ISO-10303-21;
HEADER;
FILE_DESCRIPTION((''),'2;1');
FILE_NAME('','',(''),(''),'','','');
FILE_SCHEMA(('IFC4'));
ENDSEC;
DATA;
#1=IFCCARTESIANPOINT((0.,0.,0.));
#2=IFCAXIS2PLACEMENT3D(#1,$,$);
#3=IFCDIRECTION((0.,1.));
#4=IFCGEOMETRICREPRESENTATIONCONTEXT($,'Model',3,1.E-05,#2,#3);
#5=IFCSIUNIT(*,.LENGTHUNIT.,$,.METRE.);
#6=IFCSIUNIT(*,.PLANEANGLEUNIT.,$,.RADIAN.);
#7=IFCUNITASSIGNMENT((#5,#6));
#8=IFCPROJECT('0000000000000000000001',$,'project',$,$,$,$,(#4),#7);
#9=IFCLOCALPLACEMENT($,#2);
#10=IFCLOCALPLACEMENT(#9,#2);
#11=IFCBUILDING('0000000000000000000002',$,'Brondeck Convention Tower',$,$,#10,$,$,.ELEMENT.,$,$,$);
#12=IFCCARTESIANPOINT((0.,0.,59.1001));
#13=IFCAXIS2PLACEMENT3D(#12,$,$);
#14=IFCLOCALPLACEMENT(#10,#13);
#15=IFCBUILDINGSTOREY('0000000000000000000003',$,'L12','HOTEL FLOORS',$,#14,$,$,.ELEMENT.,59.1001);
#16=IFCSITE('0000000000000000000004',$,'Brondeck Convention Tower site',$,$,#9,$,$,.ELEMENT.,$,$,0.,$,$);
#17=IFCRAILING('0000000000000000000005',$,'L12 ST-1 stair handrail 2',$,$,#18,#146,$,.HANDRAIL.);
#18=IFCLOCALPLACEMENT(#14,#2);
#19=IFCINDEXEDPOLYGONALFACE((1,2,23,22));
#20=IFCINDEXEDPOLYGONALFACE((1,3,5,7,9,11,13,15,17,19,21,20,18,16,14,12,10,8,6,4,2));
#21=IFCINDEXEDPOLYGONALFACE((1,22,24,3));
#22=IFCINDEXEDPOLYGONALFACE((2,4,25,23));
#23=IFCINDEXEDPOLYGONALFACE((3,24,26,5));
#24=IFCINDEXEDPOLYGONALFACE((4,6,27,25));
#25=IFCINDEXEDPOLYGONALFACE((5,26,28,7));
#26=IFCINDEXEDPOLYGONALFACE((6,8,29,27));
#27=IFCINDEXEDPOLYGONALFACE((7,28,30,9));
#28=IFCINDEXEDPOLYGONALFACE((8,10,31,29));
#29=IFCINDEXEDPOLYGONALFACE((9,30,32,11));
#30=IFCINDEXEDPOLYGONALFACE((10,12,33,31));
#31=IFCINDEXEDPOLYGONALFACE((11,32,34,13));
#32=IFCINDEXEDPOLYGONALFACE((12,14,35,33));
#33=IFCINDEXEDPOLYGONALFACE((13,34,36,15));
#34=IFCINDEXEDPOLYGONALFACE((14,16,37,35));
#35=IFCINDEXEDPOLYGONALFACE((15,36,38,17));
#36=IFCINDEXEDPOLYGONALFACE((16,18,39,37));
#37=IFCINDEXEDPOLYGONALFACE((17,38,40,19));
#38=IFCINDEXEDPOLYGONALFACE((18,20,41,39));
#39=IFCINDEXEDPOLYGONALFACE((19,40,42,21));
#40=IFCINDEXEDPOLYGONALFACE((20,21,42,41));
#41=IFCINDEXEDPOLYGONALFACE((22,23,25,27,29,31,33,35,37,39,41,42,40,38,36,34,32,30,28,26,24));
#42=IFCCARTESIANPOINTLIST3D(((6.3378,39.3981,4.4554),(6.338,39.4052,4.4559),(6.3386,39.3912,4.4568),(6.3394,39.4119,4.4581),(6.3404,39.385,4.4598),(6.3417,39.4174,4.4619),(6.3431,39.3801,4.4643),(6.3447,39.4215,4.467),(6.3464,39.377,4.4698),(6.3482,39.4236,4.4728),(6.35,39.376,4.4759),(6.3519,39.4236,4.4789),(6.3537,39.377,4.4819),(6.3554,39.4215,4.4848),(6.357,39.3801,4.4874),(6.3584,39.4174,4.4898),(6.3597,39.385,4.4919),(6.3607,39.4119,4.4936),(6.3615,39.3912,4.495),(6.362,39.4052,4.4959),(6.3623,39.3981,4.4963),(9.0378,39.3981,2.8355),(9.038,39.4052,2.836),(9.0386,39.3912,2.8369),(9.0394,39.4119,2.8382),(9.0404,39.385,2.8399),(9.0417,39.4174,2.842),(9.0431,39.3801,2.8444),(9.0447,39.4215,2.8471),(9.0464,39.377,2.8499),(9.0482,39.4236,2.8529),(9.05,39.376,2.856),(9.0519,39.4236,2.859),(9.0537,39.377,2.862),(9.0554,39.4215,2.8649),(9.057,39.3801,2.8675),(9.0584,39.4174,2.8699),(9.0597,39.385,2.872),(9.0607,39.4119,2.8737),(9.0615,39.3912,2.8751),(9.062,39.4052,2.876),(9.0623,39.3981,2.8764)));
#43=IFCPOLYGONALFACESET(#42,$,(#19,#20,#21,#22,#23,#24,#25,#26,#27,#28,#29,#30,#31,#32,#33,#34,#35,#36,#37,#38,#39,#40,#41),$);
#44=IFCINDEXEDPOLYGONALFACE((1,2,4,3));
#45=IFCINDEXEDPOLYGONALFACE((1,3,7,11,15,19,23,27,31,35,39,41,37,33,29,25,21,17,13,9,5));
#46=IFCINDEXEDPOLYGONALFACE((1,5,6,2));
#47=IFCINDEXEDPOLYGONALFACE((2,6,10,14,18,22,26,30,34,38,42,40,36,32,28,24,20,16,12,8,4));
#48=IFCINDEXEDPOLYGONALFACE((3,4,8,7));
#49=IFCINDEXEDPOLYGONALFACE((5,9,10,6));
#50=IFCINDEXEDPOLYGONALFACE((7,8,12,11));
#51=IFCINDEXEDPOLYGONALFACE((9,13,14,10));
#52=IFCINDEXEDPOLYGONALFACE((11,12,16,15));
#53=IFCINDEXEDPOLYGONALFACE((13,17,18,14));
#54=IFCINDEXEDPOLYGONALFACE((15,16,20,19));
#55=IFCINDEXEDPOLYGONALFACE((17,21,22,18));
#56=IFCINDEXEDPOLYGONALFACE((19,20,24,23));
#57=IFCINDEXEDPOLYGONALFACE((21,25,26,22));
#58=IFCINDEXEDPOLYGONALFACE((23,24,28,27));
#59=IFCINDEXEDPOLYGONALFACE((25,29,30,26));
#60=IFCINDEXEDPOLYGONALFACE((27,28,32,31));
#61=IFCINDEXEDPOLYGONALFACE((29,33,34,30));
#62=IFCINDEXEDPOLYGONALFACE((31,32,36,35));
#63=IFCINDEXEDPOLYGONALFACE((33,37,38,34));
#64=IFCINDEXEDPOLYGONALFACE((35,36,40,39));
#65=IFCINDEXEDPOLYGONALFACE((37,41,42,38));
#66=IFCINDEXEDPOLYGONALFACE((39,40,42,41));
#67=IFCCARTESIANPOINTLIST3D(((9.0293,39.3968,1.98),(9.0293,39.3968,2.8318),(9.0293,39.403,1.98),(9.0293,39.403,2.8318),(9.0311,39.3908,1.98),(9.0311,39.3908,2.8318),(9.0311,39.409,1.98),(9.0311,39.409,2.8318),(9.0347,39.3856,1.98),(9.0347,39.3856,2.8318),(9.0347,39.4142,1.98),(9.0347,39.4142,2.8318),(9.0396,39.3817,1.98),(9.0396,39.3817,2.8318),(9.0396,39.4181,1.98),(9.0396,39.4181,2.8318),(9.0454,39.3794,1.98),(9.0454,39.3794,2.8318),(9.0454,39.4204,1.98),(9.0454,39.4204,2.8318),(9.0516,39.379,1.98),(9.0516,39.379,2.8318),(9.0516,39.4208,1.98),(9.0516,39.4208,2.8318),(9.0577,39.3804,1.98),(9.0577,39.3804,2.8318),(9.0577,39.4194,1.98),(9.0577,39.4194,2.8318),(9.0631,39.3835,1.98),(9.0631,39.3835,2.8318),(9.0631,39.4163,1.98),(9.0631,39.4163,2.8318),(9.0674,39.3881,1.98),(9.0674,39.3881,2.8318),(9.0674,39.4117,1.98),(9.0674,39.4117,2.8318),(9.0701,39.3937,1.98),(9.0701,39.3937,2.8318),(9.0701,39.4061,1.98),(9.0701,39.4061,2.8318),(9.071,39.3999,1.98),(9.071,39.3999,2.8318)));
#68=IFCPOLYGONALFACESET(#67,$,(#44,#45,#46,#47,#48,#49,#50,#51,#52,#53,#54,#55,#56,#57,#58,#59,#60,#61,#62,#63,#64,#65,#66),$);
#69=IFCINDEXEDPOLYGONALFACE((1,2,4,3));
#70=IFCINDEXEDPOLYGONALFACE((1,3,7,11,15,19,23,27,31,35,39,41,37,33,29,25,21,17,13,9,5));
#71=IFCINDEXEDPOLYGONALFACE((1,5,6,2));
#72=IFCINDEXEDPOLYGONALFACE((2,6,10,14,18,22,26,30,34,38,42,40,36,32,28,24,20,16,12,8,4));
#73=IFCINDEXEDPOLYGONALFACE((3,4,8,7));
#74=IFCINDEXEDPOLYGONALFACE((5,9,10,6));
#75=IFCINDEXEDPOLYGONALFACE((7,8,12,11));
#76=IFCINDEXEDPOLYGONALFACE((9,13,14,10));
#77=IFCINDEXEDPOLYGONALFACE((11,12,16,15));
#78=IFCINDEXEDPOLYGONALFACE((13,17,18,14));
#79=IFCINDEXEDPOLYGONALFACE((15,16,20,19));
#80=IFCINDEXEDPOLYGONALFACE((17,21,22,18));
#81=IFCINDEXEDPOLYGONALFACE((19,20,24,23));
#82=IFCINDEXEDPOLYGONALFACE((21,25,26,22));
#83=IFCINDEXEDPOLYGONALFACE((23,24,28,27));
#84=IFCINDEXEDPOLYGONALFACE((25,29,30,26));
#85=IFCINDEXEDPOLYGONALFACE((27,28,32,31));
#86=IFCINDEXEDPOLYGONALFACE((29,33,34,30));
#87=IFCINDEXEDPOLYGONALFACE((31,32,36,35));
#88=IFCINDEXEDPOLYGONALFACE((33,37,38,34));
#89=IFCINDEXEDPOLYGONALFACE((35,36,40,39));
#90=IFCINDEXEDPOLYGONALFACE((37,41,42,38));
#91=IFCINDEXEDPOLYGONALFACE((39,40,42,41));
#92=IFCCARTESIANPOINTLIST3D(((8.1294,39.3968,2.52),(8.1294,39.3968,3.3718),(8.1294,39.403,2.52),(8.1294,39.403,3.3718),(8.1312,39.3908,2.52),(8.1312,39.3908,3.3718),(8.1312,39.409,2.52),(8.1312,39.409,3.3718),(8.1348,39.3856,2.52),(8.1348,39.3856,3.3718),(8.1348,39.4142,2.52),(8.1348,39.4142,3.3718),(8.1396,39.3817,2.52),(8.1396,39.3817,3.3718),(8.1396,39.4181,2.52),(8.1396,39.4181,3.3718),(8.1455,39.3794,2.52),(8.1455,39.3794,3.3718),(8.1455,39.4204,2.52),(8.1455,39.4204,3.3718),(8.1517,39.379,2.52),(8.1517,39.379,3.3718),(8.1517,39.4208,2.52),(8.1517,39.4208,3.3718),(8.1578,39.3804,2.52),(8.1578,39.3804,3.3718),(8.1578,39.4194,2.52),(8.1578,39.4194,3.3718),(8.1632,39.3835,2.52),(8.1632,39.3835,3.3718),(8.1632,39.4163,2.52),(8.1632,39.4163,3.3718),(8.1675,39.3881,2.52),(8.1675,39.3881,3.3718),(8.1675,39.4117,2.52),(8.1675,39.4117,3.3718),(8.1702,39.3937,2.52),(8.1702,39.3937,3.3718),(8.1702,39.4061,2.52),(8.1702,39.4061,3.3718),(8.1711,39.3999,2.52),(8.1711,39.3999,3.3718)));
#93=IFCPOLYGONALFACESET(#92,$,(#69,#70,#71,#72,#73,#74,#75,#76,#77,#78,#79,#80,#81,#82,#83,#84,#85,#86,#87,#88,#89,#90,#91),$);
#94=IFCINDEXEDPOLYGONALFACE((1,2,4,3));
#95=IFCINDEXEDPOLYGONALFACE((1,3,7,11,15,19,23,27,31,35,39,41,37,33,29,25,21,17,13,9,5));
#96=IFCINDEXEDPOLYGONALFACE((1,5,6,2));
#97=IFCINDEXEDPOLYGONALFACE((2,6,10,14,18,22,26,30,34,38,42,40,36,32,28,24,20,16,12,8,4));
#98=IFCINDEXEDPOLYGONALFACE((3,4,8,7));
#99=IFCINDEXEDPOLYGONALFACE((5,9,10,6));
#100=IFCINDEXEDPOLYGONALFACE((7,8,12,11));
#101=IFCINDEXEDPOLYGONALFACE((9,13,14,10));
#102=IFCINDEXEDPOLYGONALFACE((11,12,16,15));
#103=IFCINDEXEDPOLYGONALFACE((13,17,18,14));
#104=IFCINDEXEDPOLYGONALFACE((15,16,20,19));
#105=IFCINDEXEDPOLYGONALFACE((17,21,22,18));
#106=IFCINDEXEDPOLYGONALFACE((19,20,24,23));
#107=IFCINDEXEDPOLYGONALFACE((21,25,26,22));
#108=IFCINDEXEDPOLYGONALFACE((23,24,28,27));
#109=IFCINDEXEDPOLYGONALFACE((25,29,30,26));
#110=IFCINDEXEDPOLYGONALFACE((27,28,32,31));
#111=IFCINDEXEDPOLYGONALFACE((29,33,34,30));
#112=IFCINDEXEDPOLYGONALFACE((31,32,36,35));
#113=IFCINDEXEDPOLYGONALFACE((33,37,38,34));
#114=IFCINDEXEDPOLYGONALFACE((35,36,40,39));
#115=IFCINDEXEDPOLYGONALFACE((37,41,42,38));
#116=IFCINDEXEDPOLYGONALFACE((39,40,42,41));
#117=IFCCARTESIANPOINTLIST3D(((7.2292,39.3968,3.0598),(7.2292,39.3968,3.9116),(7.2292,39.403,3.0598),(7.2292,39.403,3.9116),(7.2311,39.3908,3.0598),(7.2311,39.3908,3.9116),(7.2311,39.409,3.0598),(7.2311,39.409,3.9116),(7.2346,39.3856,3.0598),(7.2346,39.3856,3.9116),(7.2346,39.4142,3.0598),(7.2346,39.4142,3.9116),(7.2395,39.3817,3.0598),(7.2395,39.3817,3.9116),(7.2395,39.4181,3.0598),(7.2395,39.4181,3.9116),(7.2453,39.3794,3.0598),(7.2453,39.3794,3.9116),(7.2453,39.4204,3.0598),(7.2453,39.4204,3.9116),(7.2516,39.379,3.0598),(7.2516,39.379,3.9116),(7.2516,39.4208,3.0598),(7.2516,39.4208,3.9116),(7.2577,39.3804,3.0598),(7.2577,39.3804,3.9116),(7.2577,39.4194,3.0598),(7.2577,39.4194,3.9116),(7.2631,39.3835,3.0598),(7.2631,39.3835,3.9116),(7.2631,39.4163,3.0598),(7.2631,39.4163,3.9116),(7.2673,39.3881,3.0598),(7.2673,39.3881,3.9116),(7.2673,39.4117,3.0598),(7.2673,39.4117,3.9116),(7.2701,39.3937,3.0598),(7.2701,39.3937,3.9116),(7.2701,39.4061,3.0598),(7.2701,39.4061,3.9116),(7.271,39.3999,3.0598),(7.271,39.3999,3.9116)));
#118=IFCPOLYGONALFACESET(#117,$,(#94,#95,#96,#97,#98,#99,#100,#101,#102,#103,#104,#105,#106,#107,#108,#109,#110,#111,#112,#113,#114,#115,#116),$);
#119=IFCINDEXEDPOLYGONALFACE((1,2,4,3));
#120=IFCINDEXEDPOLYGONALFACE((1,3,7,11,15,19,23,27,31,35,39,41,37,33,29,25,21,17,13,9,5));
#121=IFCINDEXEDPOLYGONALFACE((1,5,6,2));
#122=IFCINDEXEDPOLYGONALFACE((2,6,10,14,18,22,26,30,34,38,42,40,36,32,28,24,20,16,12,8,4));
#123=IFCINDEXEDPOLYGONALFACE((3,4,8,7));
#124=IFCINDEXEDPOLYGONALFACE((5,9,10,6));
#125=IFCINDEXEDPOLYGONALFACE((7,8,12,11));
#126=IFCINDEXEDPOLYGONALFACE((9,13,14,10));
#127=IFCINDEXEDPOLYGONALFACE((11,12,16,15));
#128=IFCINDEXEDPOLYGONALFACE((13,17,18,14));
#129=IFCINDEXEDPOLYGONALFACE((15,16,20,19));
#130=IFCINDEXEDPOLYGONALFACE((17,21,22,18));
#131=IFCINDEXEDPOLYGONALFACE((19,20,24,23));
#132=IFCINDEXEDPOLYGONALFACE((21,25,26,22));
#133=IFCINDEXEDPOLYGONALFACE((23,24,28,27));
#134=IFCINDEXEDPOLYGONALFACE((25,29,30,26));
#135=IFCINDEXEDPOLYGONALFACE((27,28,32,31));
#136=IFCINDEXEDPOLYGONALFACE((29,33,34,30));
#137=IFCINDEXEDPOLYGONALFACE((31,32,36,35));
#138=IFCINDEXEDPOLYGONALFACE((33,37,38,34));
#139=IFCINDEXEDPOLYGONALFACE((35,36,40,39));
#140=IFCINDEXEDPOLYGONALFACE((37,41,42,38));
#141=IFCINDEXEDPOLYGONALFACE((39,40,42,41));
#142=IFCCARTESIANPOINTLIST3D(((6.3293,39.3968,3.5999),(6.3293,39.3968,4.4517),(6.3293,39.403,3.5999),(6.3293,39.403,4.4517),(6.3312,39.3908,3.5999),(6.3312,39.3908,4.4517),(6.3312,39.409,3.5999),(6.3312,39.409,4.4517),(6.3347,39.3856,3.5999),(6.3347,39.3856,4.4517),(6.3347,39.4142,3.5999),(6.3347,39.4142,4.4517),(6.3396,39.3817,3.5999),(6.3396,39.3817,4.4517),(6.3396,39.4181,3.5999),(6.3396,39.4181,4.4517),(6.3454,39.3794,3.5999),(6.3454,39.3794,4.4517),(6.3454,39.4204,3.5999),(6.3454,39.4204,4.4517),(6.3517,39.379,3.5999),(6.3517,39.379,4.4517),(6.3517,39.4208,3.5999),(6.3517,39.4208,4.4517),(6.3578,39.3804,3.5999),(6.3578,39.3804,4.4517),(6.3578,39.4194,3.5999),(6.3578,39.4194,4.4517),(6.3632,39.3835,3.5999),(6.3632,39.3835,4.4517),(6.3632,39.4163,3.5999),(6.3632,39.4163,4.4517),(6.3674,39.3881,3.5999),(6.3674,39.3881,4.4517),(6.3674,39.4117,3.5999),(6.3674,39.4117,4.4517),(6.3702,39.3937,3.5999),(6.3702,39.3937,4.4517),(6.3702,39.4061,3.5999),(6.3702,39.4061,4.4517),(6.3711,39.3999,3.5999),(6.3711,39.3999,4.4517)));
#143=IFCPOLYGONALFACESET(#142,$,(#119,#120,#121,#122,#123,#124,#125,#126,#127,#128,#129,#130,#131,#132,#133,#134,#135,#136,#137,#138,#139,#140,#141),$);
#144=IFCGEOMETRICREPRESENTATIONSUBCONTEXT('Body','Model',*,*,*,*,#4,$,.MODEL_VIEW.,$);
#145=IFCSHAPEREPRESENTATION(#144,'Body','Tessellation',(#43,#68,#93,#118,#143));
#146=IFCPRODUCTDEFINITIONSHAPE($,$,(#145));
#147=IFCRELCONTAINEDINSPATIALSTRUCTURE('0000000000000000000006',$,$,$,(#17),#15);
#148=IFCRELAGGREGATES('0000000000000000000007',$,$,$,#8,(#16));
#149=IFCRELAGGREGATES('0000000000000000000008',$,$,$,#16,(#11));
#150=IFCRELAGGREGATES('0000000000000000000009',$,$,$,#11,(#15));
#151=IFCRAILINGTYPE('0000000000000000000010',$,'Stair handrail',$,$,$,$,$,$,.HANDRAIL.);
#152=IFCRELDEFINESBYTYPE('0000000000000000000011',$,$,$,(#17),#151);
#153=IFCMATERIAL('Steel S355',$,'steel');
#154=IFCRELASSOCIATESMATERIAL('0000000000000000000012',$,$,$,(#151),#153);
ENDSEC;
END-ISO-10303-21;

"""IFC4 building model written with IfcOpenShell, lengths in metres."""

from ifc_helpers import new_model, si_unit, direction, frame, origin, origin_2d, place, context, subcontext, project, spatial, circle, extrude, material, type_object, element, save


model = new_model("IFC4")

# Units and contexts
model_context = context("Model", 3, precision=1e-05, world=origin(), true_north=direction((0.0, 1.0)))
body_context = subcontext(model_context, "Body", "Model", "MODEL_VIEW")
ifc_project = project(units=[si_unit("LENGTHUNIT", "METRE"), si_unit("PLANEANGLEUNIT", "RADIAN")], contexts=[model_context])

# Site, building, storey
site_placement = place(None, origin())
site = spatial("IfcSite", under=ifc_project, at=site_placement, Name="Brondeck Convention Tower site", CompositionType="ELEMENT", RefElevation=0.0)
building_placement = place(site_placement, origin())
building = spatial("IfcBuilding", under=site, at=building_placement, Name="Brondeck Convention Tower", CompositionType="ELEMENT")
storey_placement = place(building_placement, frame((0.0, 0.0, 59.1001)))
storey = spatial("IfcBuildingStorey", under=building, at=storey_placement, Name="L12", Description="HOTEL FLOORS", CompositionType="ELEMENT", Elevation=59.1001)

# Shared definitions
ifc_material_1 = material(Name="Steel S355", Category="steel")

# Railing
railing_type = type_object("IfcRailingType", Name="Stair handrail", PredefinedType="HANDRAIL", material=ifc_material_1)
railing_placement = place(storey_placement, frame((9.05, 39.3999, 1.98)))
element("IfcRailing", 1, at=railing_placement, inside=storey, type_object=railing_type, Name="L12 ST-1 stair handrail 2", PredefinedType="HANDRAIL", context=body_context, shape_type="SweptSolid", body=[
    extrude(circle(Radius=0.0239, at=origin_2d()), frame((0.0, 0.0, 0.876), z_axis=(-0.857507, 0.0, 0.514473), x_axis=(0.0, -1.0, 0.0)), (0.0, 0.0, 1.0), 3.1487),
    extrude(circle(Radius=0.021, at=origin_2d()), origin(), (0.0, 0.0, 1.0), 0.8518),
    extrude(circle(Radius=0.021, at=origin_2d()), frame((-0.8999, 0.0, 0.54)), (0.0, 0.0, 1.0), 0.8518),
    extrude(circle(Radius=0.021, at=origin_2d()), frame((-1.8, 0.0, 1.0798)), (0.0, 0.0, 1.0), 0.8518),
    extrude(circle(Radius=0.021, at=origin_2d()), frame((-2.7, 0.0, 1.6199)), (0.0, 0.0, 1.0), 0.8518),
])

save(model, "model.ifc")
